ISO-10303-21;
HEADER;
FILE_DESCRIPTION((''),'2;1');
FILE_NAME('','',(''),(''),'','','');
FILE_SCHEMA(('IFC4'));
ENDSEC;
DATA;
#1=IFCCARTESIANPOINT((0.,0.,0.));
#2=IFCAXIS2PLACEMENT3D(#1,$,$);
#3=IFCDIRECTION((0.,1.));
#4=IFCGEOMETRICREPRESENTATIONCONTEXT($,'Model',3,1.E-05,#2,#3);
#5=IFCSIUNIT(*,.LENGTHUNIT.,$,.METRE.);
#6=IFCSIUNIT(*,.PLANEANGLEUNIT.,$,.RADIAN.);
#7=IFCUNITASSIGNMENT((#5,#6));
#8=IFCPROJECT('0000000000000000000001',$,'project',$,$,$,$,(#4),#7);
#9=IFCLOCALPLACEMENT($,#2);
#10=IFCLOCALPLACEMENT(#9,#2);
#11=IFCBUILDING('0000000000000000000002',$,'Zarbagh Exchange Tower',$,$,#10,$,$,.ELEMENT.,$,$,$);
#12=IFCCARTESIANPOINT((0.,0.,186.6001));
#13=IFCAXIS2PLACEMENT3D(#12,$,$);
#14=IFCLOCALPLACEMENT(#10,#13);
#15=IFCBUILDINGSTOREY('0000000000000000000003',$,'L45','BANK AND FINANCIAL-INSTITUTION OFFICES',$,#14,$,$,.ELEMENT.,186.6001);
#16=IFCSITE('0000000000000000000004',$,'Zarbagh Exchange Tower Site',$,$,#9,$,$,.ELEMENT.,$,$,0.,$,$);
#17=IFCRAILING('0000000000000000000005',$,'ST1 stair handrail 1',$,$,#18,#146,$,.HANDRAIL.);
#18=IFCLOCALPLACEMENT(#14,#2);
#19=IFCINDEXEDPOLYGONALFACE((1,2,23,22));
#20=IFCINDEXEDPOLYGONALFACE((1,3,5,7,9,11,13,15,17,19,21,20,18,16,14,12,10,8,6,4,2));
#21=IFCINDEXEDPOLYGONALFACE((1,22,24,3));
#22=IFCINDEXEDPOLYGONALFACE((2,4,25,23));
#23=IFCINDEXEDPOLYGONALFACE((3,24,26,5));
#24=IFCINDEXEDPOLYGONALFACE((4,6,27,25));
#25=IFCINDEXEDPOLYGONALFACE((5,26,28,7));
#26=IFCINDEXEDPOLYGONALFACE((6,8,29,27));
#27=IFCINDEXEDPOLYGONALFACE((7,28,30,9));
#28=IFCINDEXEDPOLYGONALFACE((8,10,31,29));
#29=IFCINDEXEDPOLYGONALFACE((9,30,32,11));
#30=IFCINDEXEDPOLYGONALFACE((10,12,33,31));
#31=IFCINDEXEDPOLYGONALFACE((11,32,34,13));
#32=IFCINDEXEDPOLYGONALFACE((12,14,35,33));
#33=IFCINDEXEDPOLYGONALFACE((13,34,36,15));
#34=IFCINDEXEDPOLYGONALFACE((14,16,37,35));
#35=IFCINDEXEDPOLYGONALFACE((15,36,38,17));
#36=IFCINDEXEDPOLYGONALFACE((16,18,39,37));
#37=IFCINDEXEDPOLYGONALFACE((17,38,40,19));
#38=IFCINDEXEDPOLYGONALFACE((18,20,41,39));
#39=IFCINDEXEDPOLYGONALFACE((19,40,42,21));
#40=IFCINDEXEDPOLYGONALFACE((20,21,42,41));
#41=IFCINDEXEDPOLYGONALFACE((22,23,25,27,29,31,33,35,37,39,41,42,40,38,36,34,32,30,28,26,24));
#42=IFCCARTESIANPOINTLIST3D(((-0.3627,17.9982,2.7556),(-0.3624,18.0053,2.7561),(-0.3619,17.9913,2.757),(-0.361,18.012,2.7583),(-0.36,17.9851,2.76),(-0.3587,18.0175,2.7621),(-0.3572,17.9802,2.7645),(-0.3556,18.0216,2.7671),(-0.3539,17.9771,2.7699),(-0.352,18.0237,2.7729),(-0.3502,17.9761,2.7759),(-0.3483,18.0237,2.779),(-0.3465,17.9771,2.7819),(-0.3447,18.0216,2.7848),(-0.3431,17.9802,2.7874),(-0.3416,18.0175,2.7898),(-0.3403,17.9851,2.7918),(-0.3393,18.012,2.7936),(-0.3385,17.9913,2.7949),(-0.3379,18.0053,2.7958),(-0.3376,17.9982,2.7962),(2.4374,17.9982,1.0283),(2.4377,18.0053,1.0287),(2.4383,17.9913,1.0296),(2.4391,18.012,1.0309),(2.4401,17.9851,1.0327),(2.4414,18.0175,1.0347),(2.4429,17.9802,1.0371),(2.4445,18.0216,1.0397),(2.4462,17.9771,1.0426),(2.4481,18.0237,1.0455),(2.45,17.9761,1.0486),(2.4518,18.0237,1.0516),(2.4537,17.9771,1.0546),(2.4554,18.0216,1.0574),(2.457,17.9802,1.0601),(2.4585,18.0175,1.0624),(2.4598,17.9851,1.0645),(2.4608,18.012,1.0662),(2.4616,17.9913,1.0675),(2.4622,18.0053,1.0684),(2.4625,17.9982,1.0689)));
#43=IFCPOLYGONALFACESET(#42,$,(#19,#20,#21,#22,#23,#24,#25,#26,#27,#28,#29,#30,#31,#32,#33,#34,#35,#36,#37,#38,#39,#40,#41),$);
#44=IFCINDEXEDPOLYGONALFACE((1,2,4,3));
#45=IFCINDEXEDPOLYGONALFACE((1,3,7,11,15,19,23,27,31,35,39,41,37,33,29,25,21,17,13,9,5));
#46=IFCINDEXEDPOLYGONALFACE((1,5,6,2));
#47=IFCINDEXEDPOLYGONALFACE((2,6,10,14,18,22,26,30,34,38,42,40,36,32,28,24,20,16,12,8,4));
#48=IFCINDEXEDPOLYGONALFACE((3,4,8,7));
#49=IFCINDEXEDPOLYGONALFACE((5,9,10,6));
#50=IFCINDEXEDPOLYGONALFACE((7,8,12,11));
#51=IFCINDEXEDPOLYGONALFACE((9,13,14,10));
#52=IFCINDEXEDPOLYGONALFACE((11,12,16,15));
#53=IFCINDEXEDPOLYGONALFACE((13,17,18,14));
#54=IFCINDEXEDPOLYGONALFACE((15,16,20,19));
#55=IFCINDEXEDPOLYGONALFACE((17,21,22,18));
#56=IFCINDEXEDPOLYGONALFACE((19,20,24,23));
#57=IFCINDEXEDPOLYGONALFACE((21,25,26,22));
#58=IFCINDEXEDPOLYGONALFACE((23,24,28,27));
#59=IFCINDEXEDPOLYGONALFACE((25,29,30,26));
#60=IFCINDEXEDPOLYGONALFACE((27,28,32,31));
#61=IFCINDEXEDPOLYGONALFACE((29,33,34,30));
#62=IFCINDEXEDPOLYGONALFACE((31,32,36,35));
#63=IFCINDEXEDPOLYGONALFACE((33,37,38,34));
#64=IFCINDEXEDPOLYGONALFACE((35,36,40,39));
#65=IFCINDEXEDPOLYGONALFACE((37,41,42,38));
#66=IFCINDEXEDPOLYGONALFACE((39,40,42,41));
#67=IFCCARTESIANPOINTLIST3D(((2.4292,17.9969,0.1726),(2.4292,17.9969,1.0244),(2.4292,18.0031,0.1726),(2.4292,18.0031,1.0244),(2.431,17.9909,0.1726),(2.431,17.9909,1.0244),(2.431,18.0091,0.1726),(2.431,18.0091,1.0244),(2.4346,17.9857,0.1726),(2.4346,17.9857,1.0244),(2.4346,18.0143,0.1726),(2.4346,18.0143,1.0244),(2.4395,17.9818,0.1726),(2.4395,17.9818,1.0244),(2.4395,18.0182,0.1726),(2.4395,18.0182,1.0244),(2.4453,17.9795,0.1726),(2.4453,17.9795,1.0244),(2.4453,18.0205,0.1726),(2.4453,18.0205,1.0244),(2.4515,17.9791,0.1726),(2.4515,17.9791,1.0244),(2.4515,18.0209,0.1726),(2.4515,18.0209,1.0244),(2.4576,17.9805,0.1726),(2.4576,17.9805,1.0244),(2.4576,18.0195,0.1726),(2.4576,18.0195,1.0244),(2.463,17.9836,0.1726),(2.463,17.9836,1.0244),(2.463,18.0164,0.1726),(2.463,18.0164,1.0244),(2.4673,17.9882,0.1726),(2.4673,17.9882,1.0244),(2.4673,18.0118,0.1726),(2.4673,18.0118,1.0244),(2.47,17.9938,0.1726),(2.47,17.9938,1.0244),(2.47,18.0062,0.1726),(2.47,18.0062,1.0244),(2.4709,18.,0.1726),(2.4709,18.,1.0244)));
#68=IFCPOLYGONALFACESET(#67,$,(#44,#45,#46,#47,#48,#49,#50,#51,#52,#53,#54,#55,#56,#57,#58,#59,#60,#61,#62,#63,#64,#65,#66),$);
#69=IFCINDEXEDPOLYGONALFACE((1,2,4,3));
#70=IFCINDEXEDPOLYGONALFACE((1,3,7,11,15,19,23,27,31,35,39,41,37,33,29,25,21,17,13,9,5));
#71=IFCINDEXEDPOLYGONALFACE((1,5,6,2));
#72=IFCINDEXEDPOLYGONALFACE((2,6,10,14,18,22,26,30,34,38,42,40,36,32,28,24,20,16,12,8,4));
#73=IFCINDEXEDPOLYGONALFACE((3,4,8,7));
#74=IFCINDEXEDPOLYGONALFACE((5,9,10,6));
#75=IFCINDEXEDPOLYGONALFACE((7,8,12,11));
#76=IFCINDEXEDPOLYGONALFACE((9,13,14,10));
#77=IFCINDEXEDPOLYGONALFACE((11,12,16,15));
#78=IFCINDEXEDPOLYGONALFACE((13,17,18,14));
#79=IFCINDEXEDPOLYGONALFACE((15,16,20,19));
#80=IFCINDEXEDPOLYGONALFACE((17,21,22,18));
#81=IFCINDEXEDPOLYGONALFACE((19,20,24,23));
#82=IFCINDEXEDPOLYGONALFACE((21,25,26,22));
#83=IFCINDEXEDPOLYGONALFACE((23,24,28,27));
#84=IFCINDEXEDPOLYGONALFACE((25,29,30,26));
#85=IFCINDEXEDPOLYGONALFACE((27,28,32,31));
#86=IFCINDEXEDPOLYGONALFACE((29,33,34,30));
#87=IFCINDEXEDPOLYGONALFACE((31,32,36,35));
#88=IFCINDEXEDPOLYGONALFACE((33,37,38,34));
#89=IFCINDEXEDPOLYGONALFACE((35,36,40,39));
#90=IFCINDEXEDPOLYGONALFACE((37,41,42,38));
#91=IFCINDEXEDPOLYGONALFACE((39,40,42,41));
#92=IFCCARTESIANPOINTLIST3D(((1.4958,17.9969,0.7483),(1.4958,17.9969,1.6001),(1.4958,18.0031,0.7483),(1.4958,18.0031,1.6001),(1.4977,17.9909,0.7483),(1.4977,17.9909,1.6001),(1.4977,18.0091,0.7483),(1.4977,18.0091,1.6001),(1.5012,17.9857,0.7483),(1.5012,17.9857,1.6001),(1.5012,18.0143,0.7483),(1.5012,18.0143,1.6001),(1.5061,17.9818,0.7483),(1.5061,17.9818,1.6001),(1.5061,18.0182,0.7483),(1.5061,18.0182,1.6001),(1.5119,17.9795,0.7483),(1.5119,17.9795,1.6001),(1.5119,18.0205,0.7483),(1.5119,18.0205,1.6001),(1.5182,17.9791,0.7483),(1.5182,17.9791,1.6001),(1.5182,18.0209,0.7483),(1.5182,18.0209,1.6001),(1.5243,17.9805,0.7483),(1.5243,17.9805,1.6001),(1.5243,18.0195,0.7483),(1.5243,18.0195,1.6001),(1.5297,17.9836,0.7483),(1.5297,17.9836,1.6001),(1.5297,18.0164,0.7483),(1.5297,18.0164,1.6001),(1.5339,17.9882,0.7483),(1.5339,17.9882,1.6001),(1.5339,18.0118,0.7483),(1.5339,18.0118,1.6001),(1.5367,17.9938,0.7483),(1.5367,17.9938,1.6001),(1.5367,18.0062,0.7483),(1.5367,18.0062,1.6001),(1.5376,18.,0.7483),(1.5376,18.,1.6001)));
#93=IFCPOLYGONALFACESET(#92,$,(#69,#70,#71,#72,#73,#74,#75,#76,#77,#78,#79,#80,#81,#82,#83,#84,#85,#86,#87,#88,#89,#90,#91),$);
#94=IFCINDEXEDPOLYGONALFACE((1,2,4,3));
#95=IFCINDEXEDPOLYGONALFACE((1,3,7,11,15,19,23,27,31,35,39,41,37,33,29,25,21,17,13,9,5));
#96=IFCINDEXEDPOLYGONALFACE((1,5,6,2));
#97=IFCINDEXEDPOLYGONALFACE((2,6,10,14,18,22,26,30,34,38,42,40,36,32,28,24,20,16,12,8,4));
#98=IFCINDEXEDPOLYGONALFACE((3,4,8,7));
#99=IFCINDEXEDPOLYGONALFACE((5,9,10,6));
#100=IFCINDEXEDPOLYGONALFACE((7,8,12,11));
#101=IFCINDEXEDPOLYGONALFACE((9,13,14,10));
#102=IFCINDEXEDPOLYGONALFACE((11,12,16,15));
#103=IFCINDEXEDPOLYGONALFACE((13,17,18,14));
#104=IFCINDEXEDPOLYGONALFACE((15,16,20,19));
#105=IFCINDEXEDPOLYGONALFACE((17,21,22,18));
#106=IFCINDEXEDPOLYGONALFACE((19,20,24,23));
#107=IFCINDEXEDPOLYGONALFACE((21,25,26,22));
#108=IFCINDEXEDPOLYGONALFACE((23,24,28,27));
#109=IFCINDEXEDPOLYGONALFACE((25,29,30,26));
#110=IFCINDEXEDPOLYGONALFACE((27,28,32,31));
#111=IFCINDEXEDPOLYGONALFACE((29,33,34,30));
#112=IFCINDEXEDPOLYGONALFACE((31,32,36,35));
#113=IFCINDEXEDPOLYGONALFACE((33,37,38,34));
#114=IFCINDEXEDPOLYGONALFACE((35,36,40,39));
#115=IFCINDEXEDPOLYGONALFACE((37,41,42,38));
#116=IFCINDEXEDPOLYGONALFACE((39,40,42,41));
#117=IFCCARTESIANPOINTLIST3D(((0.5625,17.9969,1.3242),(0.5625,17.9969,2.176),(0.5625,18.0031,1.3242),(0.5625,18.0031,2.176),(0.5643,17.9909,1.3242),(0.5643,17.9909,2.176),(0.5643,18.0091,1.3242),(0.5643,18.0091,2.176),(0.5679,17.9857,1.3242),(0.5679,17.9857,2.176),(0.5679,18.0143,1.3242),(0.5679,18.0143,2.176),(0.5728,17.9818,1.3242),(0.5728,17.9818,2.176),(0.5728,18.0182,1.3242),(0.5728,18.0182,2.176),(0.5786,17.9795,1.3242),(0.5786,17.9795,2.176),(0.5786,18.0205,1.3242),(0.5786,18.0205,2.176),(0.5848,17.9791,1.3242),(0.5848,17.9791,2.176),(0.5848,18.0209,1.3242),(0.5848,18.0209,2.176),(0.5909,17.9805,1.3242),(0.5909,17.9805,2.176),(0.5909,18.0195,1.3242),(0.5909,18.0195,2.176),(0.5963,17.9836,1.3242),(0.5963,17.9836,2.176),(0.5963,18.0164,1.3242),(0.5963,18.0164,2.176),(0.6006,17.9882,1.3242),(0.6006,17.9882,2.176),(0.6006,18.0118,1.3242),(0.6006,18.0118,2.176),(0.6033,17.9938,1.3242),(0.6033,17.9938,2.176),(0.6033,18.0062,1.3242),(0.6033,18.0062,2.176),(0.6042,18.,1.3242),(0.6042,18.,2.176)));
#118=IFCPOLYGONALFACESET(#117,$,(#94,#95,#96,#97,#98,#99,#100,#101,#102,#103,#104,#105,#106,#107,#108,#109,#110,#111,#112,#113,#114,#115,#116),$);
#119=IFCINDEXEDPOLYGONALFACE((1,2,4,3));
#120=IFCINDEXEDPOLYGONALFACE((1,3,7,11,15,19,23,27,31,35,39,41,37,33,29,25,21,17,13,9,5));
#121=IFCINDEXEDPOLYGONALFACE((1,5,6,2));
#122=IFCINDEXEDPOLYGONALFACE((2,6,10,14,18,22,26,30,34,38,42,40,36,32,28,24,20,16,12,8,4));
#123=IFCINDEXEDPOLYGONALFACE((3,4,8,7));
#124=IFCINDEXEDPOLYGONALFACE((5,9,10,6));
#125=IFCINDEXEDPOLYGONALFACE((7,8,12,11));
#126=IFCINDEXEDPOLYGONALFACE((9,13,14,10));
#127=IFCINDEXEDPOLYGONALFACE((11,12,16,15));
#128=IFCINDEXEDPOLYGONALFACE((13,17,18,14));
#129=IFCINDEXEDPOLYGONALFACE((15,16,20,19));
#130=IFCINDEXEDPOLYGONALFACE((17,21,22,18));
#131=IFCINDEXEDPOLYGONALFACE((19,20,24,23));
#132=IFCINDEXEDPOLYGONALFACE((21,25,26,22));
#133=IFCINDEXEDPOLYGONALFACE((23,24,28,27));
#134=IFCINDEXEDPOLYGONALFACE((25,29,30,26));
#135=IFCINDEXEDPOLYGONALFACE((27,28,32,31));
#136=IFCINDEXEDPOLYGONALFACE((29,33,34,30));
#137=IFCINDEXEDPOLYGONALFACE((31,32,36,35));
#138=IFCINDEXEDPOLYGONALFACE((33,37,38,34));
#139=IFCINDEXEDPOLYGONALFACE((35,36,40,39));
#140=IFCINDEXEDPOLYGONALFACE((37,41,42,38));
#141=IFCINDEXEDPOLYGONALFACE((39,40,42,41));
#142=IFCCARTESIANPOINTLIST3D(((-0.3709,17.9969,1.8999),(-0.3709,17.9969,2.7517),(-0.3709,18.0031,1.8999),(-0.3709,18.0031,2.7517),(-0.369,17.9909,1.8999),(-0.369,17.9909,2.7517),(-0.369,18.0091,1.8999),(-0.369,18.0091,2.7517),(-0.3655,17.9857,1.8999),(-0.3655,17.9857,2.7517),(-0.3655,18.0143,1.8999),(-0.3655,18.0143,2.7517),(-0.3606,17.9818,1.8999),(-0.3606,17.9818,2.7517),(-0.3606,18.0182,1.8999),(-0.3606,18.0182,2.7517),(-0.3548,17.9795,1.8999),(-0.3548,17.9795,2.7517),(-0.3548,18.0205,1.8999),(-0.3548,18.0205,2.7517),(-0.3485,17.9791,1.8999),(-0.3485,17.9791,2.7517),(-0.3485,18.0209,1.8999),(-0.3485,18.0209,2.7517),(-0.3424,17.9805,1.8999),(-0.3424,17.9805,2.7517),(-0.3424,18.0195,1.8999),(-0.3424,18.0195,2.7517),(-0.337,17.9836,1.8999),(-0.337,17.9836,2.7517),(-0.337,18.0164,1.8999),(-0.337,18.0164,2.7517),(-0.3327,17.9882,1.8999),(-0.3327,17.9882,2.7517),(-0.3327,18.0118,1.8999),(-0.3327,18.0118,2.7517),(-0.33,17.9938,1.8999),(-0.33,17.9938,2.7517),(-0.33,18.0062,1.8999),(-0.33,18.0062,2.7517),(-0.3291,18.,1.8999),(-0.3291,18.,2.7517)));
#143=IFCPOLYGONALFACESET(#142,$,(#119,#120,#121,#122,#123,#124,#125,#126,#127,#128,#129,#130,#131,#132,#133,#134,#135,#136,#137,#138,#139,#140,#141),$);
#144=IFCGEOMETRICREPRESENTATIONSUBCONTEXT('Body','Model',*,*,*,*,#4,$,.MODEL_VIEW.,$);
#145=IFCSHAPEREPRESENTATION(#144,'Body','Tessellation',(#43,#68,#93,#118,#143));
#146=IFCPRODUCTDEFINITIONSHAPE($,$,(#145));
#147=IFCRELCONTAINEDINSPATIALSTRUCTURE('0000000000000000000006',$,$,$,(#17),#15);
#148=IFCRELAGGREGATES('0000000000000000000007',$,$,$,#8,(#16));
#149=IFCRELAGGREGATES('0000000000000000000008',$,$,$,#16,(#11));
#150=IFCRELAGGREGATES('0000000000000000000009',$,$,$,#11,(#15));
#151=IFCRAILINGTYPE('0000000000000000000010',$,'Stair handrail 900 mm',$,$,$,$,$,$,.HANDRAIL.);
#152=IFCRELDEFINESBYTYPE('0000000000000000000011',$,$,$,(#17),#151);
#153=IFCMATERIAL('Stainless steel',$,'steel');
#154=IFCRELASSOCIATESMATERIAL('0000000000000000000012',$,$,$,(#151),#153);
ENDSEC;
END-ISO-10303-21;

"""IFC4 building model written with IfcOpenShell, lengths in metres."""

from ifc_helpers import new_model, si_unit, direction, frame, origin, origin_2d, place, context, subcontext, project, spatial, circle, extrude, material, type_object, element, save


model = new_model("IFC4")

# Units and contexts
model_context = context("Model", 3, precision=1e-05, world=origin(), true_north=direction((0.0, 1.0)))
body_context = subcontext(model_context, "Body", "Model", "MODEL_VIEW")
ifc_project = project(units=[si_unit("LENGTHUNIT", "METRE"), si_unit("PLANEANGLEUNIT", "RADIAN")], contexts=[model_context])

# Site, building, storey
site_placement = place(None, origin())
site = spatial("IfcSite", under=ifc_project, at=site_placement, Name="Zarbagh Exchange Tower Site", CompositionType="ELEMENT", RefElevation=0.0)
building_placement = place(site_placement, origin())
building = spatial("IfcBuilding", under=site, at=building_placement, Name="Zarbagh Exchange Tower", CompositionType="ELEMENT")
storey_placement = place(building_placement, frame((0.0, 0.0, 186.6001)))
storey = spatial("IfcBuildingStorey", under=building, at=storey_placement, Name="L45", Description="BANK AND FINANCIAL-INSTITUTION OFFICES", CompositionType="ELEMENT", Elevation=186.6001)

# Railing
ifc_material_1 = material(Name="Stainless steel", Category="steel")
railing_type = type_object("IfcRailingType", Name="Stair handrail 900 mm", PredefinedType="HANDRAIL", material=ifc_material_1)
railing_placement = place(storey_placement, frame((2.45, 18.0, 0.1726)))
element("IfcRailing", 1, at=railing_placement, inside=storey, type_object=railing_type, Name="ST1 stair handrail 1", PredefinedType="HANDRAIL", context=body_context, shape_type="SweptSolid", body=[
    extrude(circle(Radius=0.0239, at=origin_2d()), frame((0.0, 0.0, 0.876), z_axis=(-0.85109, 0.0, 0.52502), x_axis=(0.0, -1.0, 0.0)), (0.0, 0.0, 1.0), 3.29),
    extrude(circle(Radius=0.021, at=origin_2d()), origin(), (0.0, 0.0, 1.0), 0.8518),
    extrude(circle(Radius=0.021, at=origin_2d()), frame((-0.9333, 0.0, 0.5757)), (0.0, 0.0, 1.0), 0.8518),
    extrude(circle(Radius=0.021, at=origin_2d()), frame((-1.8667, 0.0, 1.1516)), (0.0, 0.0, 1.0), 0.8518),
    extrude(circle(Radius=0.021, at=origin_2d()), frame((-2.8, 0.0, 1.7273)), (0.0, 0.0, 1.0), 0.8518),
])

save(model, "model.ifc")
